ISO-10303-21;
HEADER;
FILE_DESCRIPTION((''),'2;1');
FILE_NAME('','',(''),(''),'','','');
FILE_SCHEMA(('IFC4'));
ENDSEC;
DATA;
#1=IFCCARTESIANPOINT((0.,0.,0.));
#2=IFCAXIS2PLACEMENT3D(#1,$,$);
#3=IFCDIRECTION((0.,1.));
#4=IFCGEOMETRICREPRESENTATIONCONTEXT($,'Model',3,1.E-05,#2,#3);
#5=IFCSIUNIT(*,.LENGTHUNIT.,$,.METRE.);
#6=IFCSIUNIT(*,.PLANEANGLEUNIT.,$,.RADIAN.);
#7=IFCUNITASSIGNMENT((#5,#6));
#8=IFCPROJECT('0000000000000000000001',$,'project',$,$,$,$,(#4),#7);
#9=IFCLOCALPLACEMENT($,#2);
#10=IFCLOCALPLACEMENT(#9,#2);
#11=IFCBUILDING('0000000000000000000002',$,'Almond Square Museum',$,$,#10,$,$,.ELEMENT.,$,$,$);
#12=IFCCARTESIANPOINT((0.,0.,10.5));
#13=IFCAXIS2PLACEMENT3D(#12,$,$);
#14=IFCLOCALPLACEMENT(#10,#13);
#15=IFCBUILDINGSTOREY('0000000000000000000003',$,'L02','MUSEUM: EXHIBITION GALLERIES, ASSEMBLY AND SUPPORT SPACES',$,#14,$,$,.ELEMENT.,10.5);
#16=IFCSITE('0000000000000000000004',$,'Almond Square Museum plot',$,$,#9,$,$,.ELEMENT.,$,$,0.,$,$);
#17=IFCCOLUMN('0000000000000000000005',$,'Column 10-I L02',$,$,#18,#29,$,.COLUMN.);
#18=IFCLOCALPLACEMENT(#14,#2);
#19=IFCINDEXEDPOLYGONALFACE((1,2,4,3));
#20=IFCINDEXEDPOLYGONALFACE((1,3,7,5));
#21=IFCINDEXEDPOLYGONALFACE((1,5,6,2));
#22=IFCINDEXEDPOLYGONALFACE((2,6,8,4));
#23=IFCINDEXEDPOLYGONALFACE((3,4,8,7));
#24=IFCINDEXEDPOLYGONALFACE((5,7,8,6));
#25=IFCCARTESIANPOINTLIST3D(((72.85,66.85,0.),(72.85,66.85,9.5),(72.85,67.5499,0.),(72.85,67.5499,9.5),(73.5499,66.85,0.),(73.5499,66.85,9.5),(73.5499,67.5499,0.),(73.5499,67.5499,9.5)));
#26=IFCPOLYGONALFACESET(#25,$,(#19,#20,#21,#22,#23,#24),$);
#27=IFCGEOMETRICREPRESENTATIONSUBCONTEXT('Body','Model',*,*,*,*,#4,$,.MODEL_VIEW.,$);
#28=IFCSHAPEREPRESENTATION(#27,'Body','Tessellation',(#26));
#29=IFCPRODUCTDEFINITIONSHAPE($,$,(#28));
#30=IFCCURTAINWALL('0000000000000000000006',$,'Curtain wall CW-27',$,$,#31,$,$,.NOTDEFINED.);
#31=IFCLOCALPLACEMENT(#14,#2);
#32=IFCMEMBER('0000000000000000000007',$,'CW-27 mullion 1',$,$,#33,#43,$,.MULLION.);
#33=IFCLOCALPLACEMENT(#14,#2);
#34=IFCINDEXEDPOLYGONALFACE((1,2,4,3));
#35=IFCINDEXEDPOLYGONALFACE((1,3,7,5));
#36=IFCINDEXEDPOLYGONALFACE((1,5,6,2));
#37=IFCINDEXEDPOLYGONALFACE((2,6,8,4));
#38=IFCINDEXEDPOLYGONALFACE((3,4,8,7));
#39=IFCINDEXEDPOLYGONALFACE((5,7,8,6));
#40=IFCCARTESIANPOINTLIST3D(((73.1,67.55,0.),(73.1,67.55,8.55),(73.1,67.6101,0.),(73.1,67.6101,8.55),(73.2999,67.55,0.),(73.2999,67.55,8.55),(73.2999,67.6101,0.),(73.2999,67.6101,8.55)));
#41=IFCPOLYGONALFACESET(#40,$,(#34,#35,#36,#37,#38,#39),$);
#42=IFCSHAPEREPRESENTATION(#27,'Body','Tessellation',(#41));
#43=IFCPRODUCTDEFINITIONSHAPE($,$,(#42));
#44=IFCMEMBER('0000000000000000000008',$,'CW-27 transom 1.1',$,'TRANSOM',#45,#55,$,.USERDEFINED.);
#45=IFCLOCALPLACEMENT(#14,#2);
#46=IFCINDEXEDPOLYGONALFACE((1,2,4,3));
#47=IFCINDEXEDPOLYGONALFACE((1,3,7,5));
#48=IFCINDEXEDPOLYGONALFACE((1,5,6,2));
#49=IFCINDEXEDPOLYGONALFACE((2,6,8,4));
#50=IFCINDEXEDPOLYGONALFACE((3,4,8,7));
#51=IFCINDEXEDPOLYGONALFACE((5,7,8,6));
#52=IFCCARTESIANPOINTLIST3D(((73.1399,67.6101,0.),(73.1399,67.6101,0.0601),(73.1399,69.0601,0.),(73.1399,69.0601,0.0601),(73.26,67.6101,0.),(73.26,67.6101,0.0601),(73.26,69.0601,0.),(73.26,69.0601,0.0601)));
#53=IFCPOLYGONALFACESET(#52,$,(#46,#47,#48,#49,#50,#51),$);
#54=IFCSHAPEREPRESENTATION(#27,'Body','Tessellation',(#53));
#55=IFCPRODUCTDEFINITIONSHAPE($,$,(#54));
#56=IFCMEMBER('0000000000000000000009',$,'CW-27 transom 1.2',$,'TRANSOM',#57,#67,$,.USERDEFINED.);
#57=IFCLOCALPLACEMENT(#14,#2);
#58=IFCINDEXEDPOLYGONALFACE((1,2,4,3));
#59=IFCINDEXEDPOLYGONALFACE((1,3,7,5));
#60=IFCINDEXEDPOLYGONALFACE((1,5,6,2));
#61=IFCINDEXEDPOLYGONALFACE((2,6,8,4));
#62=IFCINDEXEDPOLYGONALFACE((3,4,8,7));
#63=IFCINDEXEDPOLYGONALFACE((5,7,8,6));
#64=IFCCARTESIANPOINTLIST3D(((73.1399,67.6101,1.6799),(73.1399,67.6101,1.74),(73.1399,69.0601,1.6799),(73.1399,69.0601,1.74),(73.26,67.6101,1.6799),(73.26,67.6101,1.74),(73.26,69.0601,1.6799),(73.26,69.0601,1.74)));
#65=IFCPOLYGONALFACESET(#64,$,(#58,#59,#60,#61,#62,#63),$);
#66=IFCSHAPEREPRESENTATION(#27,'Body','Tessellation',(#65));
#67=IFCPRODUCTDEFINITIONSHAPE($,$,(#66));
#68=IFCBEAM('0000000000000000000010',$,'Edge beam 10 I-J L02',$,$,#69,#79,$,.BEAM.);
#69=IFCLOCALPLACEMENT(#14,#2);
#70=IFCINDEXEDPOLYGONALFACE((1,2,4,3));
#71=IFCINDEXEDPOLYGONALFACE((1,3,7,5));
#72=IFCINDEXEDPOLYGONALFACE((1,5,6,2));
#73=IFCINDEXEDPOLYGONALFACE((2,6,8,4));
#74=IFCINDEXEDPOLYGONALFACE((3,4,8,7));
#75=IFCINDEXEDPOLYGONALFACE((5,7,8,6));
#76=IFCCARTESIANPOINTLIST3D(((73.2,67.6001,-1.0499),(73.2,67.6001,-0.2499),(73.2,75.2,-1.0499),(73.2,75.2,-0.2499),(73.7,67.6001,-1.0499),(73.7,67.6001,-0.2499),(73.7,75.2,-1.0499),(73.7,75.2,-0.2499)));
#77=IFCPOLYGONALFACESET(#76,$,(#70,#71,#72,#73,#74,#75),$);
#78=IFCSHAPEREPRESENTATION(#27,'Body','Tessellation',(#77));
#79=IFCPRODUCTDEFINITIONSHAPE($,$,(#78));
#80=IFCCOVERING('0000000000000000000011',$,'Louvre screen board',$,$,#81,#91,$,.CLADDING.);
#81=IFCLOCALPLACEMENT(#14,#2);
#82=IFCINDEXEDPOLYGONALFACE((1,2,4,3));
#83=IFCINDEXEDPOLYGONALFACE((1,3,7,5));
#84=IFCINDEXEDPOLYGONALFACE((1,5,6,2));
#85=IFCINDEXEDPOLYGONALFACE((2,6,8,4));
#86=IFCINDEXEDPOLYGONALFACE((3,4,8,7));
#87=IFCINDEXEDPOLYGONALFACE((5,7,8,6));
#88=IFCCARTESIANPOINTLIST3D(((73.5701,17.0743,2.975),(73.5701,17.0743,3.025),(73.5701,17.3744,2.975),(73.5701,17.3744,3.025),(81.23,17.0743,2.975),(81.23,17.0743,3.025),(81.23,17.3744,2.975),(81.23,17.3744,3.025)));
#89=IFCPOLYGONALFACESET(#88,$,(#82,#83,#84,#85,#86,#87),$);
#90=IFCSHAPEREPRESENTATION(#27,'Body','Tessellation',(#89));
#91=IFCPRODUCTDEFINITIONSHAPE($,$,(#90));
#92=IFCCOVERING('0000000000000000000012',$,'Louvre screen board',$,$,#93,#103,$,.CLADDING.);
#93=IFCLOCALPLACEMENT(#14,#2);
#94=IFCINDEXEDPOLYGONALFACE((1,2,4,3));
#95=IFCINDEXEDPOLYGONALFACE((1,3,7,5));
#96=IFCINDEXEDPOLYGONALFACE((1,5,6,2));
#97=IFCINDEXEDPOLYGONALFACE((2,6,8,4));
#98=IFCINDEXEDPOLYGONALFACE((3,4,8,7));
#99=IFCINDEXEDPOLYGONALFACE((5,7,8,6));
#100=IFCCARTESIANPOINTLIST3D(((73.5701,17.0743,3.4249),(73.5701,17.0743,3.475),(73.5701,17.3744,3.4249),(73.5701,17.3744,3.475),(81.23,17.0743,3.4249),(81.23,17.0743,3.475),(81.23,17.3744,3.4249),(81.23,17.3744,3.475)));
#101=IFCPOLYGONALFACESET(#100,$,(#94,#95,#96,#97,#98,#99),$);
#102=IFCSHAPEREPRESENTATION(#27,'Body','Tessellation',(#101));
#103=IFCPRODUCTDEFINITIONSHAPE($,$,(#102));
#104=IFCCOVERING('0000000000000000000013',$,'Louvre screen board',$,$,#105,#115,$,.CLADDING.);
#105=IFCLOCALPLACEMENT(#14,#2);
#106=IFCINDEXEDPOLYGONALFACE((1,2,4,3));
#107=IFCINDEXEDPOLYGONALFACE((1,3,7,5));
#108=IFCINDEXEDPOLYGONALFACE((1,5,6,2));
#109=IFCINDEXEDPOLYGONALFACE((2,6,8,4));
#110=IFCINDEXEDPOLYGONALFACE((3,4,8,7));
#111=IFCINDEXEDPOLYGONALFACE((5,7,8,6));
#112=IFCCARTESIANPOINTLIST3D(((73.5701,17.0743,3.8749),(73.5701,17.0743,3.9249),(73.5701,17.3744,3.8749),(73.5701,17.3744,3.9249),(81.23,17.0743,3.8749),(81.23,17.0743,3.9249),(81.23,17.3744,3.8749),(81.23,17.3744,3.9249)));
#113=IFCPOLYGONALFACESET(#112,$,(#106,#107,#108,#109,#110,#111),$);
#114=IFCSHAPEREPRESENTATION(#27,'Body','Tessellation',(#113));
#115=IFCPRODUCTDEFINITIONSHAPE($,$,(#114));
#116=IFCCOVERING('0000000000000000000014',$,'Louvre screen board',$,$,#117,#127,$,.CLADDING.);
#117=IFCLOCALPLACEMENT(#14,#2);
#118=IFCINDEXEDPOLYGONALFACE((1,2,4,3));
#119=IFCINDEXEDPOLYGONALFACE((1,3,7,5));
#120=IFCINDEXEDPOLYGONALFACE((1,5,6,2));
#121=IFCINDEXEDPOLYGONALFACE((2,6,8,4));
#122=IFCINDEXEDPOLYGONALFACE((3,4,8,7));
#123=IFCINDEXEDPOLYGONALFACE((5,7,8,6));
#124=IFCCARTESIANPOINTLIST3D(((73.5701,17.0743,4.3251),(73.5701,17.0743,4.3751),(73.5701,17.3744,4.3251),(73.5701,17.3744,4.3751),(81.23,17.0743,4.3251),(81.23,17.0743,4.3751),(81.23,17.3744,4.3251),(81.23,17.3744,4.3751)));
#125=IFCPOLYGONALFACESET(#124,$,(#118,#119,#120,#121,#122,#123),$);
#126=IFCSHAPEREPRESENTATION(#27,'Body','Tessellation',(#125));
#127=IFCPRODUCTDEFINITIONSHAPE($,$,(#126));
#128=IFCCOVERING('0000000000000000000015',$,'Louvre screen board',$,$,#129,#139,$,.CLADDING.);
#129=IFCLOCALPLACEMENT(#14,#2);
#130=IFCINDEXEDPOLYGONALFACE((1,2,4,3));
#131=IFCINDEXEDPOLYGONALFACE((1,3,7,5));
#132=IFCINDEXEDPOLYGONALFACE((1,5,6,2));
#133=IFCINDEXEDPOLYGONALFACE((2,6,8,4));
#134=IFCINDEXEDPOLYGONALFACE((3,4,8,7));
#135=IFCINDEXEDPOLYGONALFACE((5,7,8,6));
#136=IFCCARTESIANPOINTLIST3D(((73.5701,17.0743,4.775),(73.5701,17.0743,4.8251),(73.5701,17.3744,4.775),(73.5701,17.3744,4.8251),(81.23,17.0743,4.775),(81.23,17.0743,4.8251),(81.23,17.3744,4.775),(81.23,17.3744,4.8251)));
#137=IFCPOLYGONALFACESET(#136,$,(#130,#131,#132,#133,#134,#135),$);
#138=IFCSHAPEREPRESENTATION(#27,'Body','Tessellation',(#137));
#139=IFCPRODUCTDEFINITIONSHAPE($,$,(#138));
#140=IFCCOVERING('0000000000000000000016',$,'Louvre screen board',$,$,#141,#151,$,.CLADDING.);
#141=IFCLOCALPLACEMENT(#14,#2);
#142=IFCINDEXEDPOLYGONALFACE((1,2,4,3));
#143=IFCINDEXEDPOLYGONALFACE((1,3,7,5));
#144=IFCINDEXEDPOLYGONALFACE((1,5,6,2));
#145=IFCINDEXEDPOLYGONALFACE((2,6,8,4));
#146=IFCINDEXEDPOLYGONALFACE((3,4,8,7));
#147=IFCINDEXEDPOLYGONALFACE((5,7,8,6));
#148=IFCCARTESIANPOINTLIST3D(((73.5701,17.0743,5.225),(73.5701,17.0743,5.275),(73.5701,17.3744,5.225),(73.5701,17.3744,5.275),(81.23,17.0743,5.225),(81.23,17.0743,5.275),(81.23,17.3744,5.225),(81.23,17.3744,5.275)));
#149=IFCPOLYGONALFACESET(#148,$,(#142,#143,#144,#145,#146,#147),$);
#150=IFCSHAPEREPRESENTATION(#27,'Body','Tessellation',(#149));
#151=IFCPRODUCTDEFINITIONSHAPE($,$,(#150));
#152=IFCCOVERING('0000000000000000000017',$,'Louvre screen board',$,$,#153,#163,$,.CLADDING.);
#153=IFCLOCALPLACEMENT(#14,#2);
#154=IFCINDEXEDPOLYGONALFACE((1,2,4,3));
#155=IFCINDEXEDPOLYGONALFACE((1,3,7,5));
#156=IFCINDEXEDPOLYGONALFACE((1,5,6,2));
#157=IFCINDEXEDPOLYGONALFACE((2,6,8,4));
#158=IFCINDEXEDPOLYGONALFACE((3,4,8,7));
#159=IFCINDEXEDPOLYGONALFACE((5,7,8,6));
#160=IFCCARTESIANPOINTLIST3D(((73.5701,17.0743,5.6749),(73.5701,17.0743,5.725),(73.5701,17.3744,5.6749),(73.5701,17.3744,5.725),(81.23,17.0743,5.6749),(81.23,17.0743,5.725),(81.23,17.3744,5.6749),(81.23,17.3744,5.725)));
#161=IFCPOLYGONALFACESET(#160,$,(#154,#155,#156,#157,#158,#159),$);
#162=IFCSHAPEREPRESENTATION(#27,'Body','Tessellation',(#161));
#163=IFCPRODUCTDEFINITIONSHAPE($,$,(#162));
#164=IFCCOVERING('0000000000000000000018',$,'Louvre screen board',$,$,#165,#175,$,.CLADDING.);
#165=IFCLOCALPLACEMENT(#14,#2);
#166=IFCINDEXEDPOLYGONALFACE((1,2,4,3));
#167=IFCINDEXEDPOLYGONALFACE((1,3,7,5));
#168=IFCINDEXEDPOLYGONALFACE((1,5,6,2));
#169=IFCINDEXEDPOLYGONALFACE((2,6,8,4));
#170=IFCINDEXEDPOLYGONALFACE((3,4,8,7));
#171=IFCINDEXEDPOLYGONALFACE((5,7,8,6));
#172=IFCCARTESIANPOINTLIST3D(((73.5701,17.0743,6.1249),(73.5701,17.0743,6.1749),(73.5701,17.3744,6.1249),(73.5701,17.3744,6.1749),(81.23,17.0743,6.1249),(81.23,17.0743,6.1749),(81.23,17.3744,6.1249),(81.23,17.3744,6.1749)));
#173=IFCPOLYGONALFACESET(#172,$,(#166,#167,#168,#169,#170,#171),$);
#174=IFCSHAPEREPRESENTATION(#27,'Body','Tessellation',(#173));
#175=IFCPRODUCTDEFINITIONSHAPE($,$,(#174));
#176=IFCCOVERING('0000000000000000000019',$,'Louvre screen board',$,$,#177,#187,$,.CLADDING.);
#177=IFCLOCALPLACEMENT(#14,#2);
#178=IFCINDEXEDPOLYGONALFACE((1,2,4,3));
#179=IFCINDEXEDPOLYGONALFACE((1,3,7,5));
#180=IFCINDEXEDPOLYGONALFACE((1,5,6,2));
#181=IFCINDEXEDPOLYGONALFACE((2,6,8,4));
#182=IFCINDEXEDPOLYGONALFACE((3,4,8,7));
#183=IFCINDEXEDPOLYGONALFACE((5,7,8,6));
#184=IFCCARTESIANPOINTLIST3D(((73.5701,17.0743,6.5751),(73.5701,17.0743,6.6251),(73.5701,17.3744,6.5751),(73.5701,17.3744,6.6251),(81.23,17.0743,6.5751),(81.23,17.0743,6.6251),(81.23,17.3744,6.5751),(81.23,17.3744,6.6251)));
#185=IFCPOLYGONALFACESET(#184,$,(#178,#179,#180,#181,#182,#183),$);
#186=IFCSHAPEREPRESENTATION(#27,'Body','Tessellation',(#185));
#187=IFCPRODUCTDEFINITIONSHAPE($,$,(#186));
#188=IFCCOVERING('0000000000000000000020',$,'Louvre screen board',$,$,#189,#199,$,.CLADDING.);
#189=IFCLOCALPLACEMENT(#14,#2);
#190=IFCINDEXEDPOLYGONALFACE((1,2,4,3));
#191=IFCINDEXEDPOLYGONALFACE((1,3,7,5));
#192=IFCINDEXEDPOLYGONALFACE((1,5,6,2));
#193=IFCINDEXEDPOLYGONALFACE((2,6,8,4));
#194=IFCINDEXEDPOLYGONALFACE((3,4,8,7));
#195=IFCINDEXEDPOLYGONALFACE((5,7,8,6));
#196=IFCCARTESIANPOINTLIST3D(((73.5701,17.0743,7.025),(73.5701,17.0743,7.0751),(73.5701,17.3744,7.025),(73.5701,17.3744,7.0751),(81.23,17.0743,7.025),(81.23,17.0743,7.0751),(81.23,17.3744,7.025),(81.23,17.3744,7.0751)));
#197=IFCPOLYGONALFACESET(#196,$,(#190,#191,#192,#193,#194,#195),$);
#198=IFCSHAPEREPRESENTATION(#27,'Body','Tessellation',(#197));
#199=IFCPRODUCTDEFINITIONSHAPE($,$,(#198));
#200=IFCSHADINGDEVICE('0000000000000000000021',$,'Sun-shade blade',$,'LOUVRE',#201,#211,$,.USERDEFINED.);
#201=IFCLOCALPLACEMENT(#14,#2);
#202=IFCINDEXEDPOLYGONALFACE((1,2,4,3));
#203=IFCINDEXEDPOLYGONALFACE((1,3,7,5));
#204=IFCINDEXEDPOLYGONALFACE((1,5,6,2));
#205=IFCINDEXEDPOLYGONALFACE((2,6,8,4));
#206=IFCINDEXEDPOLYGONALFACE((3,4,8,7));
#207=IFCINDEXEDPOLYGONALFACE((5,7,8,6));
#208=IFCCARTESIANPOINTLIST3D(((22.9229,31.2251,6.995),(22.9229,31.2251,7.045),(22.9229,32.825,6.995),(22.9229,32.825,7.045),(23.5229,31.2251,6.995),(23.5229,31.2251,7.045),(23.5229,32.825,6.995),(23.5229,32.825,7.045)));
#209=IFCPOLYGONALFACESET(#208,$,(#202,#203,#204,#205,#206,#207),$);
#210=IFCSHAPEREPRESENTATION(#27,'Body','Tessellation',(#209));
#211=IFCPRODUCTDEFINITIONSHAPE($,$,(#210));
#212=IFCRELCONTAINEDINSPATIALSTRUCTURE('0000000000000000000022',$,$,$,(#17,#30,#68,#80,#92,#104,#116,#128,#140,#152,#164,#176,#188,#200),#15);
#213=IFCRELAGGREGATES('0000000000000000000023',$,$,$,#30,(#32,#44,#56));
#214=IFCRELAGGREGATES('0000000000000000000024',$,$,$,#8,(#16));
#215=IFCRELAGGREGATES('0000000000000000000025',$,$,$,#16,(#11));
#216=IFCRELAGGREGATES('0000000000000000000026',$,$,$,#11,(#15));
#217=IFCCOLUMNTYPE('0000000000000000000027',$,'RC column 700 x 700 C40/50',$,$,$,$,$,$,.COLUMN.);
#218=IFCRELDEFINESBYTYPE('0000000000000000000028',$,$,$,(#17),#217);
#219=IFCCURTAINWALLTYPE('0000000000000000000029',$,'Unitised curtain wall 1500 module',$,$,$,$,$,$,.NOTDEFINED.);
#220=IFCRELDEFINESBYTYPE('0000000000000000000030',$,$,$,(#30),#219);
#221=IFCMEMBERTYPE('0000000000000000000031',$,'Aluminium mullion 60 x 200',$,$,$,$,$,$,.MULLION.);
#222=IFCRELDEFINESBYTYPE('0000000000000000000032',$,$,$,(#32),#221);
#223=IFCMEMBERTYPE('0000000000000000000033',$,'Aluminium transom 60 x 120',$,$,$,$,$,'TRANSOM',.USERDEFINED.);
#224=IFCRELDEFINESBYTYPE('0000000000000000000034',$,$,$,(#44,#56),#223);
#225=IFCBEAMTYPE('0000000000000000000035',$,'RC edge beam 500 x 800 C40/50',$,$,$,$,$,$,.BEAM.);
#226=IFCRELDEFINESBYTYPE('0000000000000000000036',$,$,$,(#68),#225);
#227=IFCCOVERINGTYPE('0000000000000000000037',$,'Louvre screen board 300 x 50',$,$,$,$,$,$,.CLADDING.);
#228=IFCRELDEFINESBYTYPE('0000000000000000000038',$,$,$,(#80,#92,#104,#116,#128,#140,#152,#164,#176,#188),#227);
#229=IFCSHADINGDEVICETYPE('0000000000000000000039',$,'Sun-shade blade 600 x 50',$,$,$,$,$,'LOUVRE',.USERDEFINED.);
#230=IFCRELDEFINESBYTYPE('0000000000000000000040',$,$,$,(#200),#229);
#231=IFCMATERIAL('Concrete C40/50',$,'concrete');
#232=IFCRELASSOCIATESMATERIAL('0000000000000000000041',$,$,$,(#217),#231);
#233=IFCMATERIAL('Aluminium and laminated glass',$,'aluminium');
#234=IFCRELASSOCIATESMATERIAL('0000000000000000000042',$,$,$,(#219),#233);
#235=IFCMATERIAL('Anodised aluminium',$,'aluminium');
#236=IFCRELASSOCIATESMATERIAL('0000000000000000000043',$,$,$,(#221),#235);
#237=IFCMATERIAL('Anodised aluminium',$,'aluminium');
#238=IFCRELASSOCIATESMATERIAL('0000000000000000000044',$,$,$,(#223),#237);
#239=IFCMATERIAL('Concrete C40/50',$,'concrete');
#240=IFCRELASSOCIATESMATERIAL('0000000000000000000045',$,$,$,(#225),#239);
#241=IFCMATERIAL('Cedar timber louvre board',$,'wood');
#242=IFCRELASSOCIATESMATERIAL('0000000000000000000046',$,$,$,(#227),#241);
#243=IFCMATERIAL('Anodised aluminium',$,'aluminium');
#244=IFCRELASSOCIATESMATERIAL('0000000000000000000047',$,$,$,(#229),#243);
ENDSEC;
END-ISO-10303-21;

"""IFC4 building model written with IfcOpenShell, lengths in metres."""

from ifc_helpers import new_model, si_unit, direction, frame, origin, origin_2d, place, context, subcontext, project, spatial, rectangle, extrude, material, material_profile, profile_set, type_object, element, aggregate, save


model = new_model("IFC4")

# Units and contexts
model_context = context("Model", 3, precision=1e-05, world=origin(), true_north=direction((0.0, 1.0)))
body_context = subcontext(model_context, "Body", "Model", "MODEL_VIEW")
ifc_project = project(units=[si_unit("LENGTHUNIT", "METRE"), si_unit("PLANEANGLEUNIT", "RADIAN")], contexts=[model_context])

# Site, building, storey
site_placement = place(None, origin())
site = spatial("IfcSite", under=ifc_project, at=site_placement, Name="Almond Square Museum plot", CompositionType="ELEMENT", RefElevation=0.0)
building_placement = place(site_placement, origin())
building = spatial("IfcBuilding", under=site, at=building_placement, Name="Almond Square Museum", CompositionType="ELEMENT")
storey_placement = place(building_placement, frame((0.0, 0.0, 10.5)))
storey = spatial("IfcBuildingStorey", under=building, at=storey_placement, Name="L02", Description="MUSEUM: EXHIBITION GALLERIES, ASSEMBLY AND SUPPORT SPACES", CompositionType="ELEMENT", Elevation=10.5)

# Column
ifc_material_1 = material(Name="Concrete C40/50", Category="concrete")
ifc_material_profile_1 = material_profile(ifc_material_1, rectangle(XDim=0.7, YDim=0.7, at=origin_2d()))
ifc_profile_set_1 = profile_set([ifc_material_profile_1], Name="Concrete C40/50")
column_type = type_object("IfcColumnType", Name="RC column 700 x 700 C40/50", PredefinedType="COLUMN", material=ifc_profile_set_1)
column_placement = place(storey_placement, frame((73.2, 67.2, 0.0), z_axis=(0.0, 0.0, 1.0), x_axis=(1.0, 0.0, 0.0)))
element("IfcColumn", 1, at=column_placement, inside=storey, type_object=column_type, Name="Column 10-I L02", PredefinedType="COLUMN", context=body_context, shape_type="SweptSolid", body=[
    extrude(rectangle(XDim=0.7, YDim=0.7, at=origin_2d()), origin(), (0.0, 0.0, 1.0), 9.5),
])

# Curtain wall, members
ifc_material_2 = material(Name="Aluminium and laminated glass", Category="aluminium")
curtain_wall_type = type_object("IfcCurtainWallType", Name="Unitised curtain wall 1500 module", PredefinedType="NOTDEFINED", material=ifc_material_2)
curtain_wall_placement = place(storey_placement, origin())
curtain_wall = element("IfcCurtainWall", 2, at=curtain_wall_placement, inside=storey, type_object=curtain_wall_type, Name="Curtain wall CW-27", PredefinedType="NOTDEFINED")
ifc_material_3 = material(Name="Anodised aluminium", Category="aluminium")
ifc_material_profile_2 = material_profile(ifc_material_3, rectangle(XDim=0.2, YDim=0.0601, at=origin_2d()))
ifc_profile_set_2 = profile_set([ifc_material_profile_2], Name="Anodised aluminium")
member_type_1 = type_object("IfcMemberType", Name="Aluminium mullion 60 x 200", PredefinedType="MULLION", material=ifc_profile_set_2)
member_1_placement = place(storey_placement, frame((73.2, 67.5801, 0.0), z_axis=(0.0, 0.0, 1.0), x_axis=(-1.0, 0.0, 0.0)))
member_1 = element("IfcMember", 3, at=member_1_placement, type_object=member_type_1, Name="CW-27 mullion 1", PredefinedType="MULLION", context=body_context, shape_type="SweptSolid", body=[
    extrude(rectangle(XDim=0.2, YDim=0.0601, at=origin_2d()), origin(), (0.0, 0.0, 1.0), 8.55),
])
ifc_material_4 = material(Name="Anodised aluminium", Category="aluminium")
ifc_material_profile_3 = material_profile(ifc_material_4, rectangle(XDim=0.1201, YDim=0.0601, at=origin_2d()))
ifc_profile_set_3 = profile_set([ifc_material_profile_3], Name="Anodised aluminium")
member_type_2 = type_object("IfcMemberType", Name="Aluminium transom 60 x 120", ElementType="TRANSOM", PredefinedType="USERDEFINED", material=ifc_profile_set_3)
member_2_placement = place(storey_placement, frame((73.2, 67.6101, 0.03), z_axis=(0.0, 1.0, 0.0), x_axis=(-1.0, 0.0, 0.0)))
member_2 = element("IfcMember", 4, at=member_2_placement, type_object=member_type_2, Name="CW-27 transom 1.1", ObjectType="TRANSOM", PredefinedType="USERDEFINED", context=body_context, shape_type="SweptSolid", body=[
    extrude(rectangle(XDim=0.1201, YDim=0.0601, at=origin_2d()), origin(), (0.0, 0.0, 1.0), 1.45),
])
member_3_placement = place(storey_placement, frame((73.2, 67.6101, 1.71), z_axis=(0.0, 1.0, 0.0), x_axis=(-1.0, 0.0, 0.0)))
member_3 = element("IfcMember", 5, at=member_3_placement, type_object=member_type_2, Name="CW-27 transom 1.2", ObjectType="TRANSOM", PredefinedType="USERDEFINED", context=body_context, shape_type="SweptSolid", body=[
    extrude(rectangle(XDim=0.1201, YDim=0.0601, at=origin_2d()), origin(), (0.0, 0.0, 1.0), 1.45),
])
aggregate(curtain_wall, [member_1, member_2, member_3])

# Beam
ifc_material_5 = material(Name="Concrete C40/50", Category="concrete")
ifc_material_profile_4 = material_profile(ifc_material_5, rectangle(XDim=0.5, YDim=0.8, at=origin_2d()))
ifc_profile_set_4 = profile_set([ifc_material_profile_4], Name="Concrete C40/50")
beam_type = type_object("IfcBeamType", Name="RC edge beam 500 x 800 C40/50", PredefinedType="BEAM", material=ifc_profile_set_4)
beam_placement = place(storey_placement, frame((73.45, 67.6001, -0.6499), z_axis=(0.0, 1.0, 0.0), x_axis=(-1.0, 0.0, 0.0)))
element("IfcBeam", 6, at=beam_placement, inside=storey, type_object=beam_type, Name="Edge beam 10 I-J L02", PredefinedType="BEAM", context=body_context, shape_type="SweptSolid", body=[
    extrude(rectangle(XDim=0.5, YDim=0.8, at=origin_2d()), origin(), (0.0, 0.0, 1.0), 7.5999),
])

# Coverings
ifc_material_6 = material(Name="Cedar timber louvre board", Category="wood")
ifc_material_profile_5 = material_profile(ifc_material_6, rectangle(XDim=0.3, YDim=0.05, at=origin_2d()))
ifc_profile_set_5 = profile_set([ifc_material_profile_5], Name="Cedar timber louvre board")
covering_type = type_object("IfcCoveringType", Name="Louvre screen board 300 x 50", PredefinedType="CLADDING", material=ifc_profile_set_5)
for number, where, z_axis, x_axis, name in (
    (7, (73.5701, 17.2244, 3.0), (1.0, 0.0, 0.0), (0.0, 1.0, 0.0), "Louvre screen board"),
    (8, (73.5701, 17.2244, 3.45), (1.0, 0.0, 0.0), (0.0, 1.0, 0.0), "Louvre screen board"),
    (9, (73.5701, 17.2244, 3.8999), (1.0, 0.0, 0.0), (0.0, 1.0, 0.0), "Louvre screen board"),
    (10, (73.5701, 17.2244, 4.3501), (1.0, 0.0, 0.0), (0.0, 1.0, 0.0), "Louvre screen board"),
    (11, (73.5701, 17.2244, 4.8), (1.0, 0.0, 0.0), (0.0, 1.0, 0.0), "Louvre screen board"),
    (12, (73.5701, 17.2244, 5.25), (1.0, 0.0, 0.0), (0.0, 1.0, 0.0), "Louvre screen board"),
    (13, (73.5701, 17.2244, 5.7), (1.0, 0.0, 0.0), (0.0, 1.0, 0.0), "Louvre screen board"),
    (14, (73.5701, 17.2244, 6.1499), (1.0, 0.0, 0.0), (0.0, 1.0, 0.0), "Louvre screen board"),
    (15, (73.5701, 17.2244, 6.6001), (1.0, 0.0, 0.0), (0.0, 1.0, 0.0), "Louvre screen board"),
    (16, (73.5701, 17.2244, 7.05), (1.0, 0.0, 0.0), (0.0, 1.0, 0.0), "Louvre screen board"),
):
    element("IfcCovering", number, at=place(storey_placement, frame(where, z_axis=z_axis, x_axis=x_axis)), inside=storey, type_object=covering_type, Name=name, PredefinedType="CLADDING", context=body_context, shape_type="SweptSolid", body=[
        extrude(rectangle(XDim=0.3, YDim=0.05, at=origin_2d()), origin(), (0.0, 0.0, 1.0), 7.6599),
    ])

# Shading device
ifc_material_7 = material(Name="Anodised aluminium", Category="aluminium")
ifc_material_profile_6 = material_profile(ifc_material_7, rectangle(XDim=0.6001, YDim=0.05, at=origin_2d()))
ifc_profile_set_6 = profile_set([ifc_material_profile_6], Name="Anodised aluminium")
shading_device_type_1 = type_object("IfcShadingDeviceType", Name="Sun-shade blade 600 x 50", ElementType="LOUVRE", PredefinedType="USERDEFINED", material=ifc_profile_set_6)
shading_device_1_placement = place(storey_placement, frame((23.2229, 31.2251, 7.02), z_axis=(0.0, 1.0, 0.0), x_axis=(-1.0, 0.0, 0.0)))
element("IfcShadingDevice", 17, at=shading_device_1_placement, inside=storey, type_object=shading_device_type_1, Name="Sun-shade blade", ObjectType="LOUVRE", PredefinedType="USERDEFINED", context=body_context, shape_type="SweptSolid", body=[
    extrude(rectangle(XDim=0.6001, YDim=0.05, at=origin_2d()), origin(), (0.0, 0.0, 1.0), 1.5999),
])

save(model, "model.ifc")
